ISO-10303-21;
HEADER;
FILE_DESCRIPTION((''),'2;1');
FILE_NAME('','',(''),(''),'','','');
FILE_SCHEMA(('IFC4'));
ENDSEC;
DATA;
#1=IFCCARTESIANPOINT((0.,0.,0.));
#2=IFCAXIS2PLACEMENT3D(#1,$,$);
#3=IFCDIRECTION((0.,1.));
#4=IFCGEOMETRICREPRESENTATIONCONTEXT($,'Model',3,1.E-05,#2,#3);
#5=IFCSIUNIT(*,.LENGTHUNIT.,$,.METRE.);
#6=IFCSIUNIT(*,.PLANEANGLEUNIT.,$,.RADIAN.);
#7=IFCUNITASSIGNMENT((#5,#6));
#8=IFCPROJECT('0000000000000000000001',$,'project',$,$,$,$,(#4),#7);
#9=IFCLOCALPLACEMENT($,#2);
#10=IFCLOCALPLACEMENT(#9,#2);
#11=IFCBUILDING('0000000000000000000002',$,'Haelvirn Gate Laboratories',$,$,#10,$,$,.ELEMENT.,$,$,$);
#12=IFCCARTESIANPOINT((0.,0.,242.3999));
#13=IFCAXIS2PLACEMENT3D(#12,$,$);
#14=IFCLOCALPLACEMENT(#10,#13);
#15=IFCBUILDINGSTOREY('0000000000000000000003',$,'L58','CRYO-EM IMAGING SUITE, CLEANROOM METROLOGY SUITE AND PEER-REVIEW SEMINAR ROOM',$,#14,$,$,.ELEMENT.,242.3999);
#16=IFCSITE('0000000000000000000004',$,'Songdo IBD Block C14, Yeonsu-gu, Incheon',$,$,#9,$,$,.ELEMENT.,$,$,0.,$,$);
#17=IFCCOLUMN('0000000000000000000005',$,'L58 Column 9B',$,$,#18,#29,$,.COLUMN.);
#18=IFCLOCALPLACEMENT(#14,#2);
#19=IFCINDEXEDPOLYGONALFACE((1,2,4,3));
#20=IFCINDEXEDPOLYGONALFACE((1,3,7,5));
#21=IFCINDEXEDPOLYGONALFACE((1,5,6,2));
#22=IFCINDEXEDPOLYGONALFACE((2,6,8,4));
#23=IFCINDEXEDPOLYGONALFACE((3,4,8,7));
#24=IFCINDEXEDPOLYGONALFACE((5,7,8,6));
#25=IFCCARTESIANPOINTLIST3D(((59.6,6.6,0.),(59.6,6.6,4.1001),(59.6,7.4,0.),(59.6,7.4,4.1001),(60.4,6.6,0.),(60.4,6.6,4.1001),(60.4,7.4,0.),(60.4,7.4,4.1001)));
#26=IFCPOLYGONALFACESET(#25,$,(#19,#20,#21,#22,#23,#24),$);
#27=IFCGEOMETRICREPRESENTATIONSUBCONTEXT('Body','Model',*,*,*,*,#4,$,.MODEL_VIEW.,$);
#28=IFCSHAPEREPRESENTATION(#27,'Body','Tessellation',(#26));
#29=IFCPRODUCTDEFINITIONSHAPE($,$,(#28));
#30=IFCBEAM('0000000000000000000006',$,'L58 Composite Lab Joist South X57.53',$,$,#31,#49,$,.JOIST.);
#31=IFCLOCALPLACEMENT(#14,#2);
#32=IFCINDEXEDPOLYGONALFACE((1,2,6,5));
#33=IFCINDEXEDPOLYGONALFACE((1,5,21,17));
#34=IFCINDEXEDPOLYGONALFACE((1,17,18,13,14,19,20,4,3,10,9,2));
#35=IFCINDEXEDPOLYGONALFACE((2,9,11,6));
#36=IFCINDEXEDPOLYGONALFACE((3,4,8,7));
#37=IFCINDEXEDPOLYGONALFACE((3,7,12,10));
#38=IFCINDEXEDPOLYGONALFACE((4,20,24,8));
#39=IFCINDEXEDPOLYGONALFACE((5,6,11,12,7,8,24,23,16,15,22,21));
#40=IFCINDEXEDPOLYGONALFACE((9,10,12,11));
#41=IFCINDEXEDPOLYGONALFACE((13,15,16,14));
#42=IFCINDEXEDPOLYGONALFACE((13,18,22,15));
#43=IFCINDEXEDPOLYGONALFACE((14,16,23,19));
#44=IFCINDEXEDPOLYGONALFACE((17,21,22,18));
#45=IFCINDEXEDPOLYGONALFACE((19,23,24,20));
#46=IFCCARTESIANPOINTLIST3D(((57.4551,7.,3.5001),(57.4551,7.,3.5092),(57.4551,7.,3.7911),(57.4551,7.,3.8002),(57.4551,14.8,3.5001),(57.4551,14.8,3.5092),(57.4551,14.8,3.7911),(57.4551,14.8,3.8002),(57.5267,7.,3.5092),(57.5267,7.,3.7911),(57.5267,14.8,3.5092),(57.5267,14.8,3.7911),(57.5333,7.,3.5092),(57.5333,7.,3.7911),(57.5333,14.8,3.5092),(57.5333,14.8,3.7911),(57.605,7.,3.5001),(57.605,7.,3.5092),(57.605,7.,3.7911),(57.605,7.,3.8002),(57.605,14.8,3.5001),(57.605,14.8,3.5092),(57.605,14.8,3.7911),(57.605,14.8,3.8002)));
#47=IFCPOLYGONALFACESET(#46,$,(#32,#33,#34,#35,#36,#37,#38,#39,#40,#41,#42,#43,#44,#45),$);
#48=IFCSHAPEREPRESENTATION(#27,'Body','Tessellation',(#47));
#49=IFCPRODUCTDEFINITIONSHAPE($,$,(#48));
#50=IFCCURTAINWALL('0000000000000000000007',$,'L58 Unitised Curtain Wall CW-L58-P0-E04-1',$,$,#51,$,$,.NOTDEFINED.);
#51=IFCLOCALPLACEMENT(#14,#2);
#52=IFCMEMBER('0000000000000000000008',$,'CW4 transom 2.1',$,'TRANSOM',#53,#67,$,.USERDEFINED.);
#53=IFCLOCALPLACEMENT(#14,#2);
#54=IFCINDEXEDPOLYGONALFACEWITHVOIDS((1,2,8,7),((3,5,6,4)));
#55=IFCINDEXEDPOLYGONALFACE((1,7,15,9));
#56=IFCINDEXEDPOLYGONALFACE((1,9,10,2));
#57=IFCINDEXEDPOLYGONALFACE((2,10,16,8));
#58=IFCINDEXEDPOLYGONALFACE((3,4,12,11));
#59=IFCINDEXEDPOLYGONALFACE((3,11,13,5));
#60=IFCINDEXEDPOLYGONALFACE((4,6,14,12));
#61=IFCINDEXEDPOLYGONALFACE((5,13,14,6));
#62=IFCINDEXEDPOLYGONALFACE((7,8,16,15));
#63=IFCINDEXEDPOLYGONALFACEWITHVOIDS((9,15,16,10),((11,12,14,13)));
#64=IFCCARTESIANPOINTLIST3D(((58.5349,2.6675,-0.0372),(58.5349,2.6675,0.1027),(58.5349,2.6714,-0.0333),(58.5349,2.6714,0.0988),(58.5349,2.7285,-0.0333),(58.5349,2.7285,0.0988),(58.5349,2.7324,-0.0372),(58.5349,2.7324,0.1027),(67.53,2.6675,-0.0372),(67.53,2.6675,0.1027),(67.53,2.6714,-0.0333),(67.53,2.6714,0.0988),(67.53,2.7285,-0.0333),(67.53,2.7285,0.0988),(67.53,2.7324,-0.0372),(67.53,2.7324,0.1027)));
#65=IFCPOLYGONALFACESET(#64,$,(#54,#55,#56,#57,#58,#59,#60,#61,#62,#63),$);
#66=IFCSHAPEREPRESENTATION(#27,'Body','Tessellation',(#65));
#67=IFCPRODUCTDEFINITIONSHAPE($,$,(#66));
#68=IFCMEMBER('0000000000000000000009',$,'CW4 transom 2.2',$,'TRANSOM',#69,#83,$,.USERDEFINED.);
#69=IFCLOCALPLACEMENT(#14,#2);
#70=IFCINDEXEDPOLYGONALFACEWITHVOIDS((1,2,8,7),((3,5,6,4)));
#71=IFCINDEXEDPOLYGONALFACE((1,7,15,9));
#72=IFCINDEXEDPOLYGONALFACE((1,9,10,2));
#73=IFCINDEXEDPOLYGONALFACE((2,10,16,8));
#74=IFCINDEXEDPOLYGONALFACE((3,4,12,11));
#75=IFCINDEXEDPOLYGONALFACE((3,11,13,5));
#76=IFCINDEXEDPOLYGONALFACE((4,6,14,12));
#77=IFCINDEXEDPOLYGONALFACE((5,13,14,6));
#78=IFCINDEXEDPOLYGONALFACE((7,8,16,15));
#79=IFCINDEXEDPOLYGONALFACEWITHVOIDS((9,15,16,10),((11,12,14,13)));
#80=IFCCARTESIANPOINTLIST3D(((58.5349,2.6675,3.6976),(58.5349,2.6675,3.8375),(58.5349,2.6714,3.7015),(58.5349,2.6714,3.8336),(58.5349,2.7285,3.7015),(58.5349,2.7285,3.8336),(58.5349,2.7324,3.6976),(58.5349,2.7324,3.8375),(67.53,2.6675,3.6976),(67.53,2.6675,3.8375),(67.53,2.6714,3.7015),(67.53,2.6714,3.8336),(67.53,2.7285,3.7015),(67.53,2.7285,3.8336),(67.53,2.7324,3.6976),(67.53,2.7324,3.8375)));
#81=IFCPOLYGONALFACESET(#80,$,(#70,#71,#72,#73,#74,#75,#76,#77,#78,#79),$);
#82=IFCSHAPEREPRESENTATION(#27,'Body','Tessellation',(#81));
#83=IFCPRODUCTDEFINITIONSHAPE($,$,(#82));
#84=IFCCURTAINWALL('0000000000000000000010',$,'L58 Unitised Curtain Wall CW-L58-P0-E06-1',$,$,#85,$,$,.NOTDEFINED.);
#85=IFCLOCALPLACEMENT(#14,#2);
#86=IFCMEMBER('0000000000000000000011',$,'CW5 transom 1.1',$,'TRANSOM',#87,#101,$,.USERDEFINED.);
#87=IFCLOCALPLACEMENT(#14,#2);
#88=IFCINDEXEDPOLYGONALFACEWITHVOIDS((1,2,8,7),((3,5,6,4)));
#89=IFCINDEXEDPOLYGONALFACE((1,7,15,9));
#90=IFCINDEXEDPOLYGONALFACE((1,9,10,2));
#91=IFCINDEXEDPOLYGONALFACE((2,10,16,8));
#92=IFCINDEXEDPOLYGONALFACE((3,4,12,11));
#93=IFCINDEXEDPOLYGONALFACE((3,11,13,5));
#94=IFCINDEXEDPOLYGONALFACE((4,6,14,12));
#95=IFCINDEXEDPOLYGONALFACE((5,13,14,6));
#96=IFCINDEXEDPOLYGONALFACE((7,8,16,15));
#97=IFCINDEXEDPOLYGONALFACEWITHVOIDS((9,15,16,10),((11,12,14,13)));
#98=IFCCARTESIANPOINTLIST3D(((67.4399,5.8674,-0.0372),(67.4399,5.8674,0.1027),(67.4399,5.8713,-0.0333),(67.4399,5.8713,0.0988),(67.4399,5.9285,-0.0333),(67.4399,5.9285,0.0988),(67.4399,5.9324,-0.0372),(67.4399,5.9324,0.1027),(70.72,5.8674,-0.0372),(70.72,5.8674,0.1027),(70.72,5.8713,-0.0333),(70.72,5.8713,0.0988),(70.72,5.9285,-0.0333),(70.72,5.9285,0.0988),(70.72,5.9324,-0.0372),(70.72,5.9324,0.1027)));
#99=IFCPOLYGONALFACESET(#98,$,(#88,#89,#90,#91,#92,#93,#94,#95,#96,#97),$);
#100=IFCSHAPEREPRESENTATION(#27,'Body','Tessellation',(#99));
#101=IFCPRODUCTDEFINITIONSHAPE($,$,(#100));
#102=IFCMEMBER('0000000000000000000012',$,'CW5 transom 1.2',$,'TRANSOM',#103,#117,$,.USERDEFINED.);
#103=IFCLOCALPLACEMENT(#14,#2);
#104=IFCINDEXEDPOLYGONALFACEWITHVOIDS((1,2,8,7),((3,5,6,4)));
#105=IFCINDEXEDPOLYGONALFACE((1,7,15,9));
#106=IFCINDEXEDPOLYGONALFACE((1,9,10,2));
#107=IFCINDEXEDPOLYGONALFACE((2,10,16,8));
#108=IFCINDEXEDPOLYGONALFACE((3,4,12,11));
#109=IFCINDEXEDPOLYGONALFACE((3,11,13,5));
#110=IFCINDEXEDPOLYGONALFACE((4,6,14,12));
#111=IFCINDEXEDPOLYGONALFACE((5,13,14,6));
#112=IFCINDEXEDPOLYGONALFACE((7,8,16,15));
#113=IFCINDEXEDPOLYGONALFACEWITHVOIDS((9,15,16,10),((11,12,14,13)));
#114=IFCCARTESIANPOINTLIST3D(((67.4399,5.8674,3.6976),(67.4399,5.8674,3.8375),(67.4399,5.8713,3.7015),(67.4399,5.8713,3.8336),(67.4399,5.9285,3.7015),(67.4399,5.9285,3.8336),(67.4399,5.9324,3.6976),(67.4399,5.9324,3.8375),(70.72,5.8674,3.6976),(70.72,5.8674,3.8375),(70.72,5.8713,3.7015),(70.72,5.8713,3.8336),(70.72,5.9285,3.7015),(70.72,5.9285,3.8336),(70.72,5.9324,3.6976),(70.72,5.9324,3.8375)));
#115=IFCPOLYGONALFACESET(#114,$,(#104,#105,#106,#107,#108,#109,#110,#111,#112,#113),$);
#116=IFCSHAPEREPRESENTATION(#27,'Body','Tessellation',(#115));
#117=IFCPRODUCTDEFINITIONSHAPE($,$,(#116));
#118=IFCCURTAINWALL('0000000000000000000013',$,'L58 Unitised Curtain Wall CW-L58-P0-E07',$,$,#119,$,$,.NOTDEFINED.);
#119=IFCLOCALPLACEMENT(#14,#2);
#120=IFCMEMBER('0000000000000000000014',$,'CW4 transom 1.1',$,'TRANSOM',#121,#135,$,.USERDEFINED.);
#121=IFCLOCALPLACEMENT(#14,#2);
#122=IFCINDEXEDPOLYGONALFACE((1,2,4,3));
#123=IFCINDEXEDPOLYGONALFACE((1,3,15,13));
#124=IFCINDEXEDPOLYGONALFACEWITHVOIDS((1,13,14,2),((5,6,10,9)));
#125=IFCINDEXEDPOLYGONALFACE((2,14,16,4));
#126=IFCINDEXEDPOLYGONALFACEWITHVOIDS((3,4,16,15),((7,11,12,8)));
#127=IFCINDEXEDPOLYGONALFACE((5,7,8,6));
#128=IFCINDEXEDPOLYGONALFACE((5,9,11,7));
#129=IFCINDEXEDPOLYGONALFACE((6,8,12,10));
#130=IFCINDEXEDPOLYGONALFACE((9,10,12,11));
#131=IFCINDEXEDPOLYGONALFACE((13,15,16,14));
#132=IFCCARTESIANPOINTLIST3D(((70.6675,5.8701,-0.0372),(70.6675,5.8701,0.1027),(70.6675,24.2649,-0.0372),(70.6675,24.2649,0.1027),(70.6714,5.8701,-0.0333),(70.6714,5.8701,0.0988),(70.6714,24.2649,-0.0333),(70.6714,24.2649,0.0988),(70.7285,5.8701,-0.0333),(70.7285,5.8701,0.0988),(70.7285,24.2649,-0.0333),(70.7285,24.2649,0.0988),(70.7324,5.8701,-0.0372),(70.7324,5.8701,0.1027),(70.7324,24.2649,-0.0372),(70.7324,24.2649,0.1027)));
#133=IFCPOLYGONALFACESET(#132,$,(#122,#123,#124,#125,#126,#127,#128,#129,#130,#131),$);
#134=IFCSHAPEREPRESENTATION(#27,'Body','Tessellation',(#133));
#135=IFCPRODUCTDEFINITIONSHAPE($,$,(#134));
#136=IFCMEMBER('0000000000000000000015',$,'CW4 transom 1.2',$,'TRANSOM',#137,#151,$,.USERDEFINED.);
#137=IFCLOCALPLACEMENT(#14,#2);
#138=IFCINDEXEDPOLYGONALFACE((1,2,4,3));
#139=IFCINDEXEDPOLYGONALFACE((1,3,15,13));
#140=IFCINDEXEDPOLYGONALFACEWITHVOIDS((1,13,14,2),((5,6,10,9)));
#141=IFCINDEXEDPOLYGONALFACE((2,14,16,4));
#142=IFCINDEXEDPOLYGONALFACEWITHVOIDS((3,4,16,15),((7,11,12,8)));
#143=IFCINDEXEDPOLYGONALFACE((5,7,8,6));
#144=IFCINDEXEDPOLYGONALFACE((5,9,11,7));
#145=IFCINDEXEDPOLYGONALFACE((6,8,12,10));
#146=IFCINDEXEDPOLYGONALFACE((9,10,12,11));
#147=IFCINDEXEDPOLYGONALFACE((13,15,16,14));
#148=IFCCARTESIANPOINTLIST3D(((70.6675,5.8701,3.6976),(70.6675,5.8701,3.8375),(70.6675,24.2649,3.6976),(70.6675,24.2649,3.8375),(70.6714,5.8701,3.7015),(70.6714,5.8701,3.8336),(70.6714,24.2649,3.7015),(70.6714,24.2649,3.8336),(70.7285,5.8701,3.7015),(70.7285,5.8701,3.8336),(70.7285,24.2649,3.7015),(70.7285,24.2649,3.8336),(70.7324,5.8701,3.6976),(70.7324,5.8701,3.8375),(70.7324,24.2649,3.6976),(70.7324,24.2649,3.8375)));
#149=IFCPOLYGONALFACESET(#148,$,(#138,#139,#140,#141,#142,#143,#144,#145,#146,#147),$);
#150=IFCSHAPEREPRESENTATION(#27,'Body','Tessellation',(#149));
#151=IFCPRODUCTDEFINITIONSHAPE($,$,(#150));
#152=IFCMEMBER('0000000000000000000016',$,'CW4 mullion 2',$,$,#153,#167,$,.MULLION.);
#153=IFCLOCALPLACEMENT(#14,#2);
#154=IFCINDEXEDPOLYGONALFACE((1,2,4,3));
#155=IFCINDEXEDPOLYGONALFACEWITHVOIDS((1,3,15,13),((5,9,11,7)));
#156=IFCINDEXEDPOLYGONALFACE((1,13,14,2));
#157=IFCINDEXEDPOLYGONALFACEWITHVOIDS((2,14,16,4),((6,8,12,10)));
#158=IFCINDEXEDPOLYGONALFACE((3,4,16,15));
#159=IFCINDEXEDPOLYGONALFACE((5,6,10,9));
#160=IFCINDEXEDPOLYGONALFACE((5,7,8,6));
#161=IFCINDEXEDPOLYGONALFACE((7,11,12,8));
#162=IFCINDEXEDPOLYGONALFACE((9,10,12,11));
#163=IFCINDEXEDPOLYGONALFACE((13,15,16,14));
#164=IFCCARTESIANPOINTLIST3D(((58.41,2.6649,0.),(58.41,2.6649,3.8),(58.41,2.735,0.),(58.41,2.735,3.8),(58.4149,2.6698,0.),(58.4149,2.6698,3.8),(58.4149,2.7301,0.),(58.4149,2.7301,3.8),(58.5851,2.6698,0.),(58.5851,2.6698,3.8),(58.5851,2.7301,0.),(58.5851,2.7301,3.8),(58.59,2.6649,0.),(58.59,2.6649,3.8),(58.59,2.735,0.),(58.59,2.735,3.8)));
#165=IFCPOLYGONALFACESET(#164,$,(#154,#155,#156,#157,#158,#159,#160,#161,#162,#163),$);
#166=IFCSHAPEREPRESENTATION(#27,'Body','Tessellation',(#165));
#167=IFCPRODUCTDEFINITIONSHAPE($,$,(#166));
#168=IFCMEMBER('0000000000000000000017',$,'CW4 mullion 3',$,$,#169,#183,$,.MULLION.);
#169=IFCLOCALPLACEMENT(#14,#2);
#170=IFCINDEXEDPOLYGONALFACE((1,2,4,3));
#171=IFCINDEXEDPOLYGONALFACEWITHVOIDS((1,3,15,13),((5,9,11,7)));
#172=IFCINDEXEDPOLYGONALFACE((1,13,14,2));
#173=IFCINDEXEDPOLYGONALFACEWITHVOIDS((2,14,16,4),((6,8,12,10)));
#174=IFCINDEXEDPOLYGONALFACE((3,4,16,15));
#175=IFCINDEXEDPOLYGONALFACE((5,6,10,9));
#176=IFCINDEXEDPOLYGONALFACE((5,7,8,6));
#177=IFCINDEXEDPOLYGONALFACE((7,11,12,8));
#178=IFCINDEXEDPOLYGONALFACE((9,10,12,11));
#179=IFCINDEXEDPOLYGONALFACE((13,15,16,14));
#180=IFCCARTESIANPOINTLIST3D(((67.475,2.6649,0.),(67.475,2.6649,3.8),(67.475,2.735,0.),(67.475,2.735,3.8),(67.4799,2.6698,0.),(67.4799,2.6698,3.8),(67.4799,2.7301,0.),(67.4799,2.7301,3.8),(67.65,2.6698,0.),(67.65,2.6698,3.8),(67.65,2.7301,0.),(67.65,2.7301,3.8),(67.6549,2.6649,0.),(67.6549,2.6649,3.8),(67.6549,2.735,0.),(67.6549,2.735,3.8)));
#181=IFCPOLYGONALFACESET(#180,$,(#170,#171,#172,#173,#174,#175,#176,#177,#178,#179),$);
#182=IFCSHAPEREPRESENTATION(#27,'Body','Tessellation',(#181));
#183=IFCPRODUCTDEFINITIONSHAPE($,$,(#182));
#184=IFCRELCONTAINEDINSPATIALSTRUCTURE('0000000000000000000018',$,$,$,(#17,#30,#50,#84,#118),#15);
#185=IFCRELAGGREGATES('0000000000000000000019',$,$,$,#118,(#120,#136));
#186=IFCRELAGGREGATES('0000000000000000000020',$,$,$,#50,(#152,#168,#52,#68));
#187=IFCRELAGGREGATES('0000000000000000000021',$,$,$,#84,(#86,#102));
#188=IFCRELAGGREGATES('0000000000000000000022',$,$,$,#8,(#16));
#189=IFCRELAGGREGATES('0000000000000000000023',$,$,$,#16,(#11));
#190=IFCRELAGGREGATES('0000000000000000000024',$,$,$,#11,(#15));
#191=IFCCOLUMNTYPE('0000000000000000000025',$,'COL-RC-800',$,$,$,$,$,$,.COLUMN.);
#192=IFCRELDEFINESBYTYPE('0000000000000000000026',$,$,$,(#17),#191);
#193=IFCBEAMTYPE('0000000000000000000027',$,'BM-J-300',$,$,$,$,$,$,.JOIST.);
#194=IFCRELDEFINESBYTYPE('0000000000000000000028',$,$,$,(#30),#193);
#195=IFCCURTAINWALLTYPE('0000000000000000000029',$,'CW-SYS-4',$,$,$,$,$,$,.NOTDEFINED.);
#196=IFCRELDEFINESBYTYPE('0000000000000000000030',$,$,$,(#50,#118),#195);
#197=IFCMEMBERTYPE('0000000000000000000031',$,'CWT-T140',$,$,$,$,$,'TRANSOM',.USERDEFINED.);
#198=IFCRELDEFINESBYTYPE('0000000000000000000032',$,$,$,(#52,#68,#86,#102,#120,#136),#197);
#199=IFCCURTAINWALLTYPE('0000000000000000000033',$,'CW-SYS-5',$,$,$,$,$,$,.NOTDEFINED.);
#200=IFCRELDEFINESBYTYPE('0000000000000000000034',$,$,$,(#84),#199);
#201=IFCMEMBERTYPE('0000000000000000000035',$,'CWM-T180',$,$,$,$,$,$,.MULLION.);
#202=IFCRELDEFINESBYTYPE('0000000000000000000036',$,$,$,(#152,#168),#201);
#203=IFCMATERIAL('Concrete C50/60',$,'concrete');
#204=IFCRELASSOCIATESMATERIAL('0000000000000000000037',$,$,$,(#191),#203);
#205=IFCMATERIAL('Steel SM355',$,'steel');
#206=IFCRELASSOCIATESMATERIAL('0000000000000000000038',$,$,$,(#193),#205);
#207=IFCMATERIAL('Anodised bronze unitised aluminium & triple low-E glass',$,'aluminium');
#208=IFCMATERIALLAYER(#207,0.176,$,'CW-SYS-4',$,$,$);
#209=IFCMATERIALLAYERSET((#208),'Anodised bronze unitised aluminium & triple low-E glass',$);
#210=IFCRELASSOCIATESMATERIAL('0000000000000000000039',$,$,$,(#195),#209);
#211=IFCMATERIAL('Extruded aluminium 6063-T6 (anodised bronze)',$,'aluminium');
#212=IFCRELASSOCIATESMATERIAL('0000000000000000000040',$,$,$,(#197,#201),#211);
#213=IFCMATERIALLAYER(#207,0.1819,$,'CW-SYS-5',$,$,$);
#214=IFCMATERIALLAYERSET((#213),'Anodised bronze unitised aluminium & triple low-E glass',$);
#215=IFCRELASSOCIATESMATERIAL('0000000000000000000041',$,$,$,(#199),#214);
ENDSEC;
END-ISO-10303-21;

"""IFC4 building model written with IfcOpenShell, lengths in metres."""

from ifc_helpers import new_model, si_unit, direction, frame, origin, origin_2d, place, context, subcontext, project, spatial, rectangle, hollow_rectangle, i_section, extrude, source, transform, mapped, material, layer, layer_set, material_profile, profile_set, type_object, type_shapes, element, aggregate, save


model = new_model("IFC4")

# Units and contexts
model_context = context("Model", 3, precision=1e-05, world=origin(), true_north=direction((0.0, 1.0)))
body_context = subcontext(model_context, "Body", "Model", "MODEL_VIEW")
ifc_project = project(units=[si_unit("LENGTHUNIT", "METRE"), si_unit("PLANEANGLEUNIT", "RADIAN")], contexts=[model_context])

# Site, building, storey
site_placement = place(None, origin())
site = spatial("IfcSite", under=ifc_project, at=site_placement, Name="Songdo IBD Block C14, Yeonsu-gu, Incheon", CompositionType="ELEMENT", RefElevation=0.0)
building_placement = place(site_placement, origin())
building = spatial("IfcBuilding", under=site, at=building_placement, Name="Haelvirn Gate Laboratories", CompositionType="ELEMENT")
storey_placement = place(building_placement, frame((0.0, 0.0, 242.3999)))
storey = spatial("IfcBuildingStorey", under=building, at=storey_placement, Name="L58", Description="CRYO-EM IMAGING SUITE, CLEANROOM METROLOGY SUITE AND PEER-REVIEW SEMINAR ROOM", CompositionType="ELEMENT", Elevation=242.3999)

# Column
ifc_material_1 = material(Name="Concrete C50/60", Category="concrete")
ifc_material_profile_1 = material_profile(ifc_material_1, rectangle(XDim=0.8, YDim=0.8, at=origin_2d()), Name="RC-800x800")
ifc_profile_set_1 = profile_set([ifc_material_profile_1], Name="Concrete C50/60")
column_type = type_object("IfcColumnType", Name="COL-RC-800", PredefinedType="COLUMN", material=ifc_profile_set_1)
shared_shape_1 = source(origin(), body_context, "Body", "SweptSolid", [
    extrude(rectangle(XDim=0.8, YDim=0.8, at=origin_2d()), origin(), (0.0, 0.0, 1.0), 4.1001),
])
type_shapes(column_type, [shared_shape_1])
column_placement = place(storey_placement, frame((60.0, 7.0, 0.0), z_axis=(0.0, 0.0, 1.0), x_axis=(1.0, 0.0, 0.0)))
element("IfcColumn", 1, at=column_placement, inside=storey, type_object=column_type, Name="L58 Column 9B", PredefinedType="COLUMN", context=body_context, shape_type="MappedRepresentation", body=[
    mapped(shared_shape_1, transform((0.0, 0.0, 0.0), scale=1.0)),
])

# Beam
ifc_material_2 = material(Name="Steel SM355", Category="steel")
ifc_material_profile_2 = material_profile(ifc_material_2, i_section(OverallWidth=0.1499, OverallDepth=0.3, WebThickness=0.0066, FlangeThickness=0.009, at=origin_2d()), Name="H-300x150x6.5x9")
ifc_profile_set_2 = profile_set([ifc_material_profile_2], Name="Steel SM355")
beam_type = type_object("IfcBeamType", Name="BM-J-300", PredefinedType="JOIST", material=ifc_profile_set_2)
shared_shape_2 = source(origin(), body_context, "Body", "SweptSolid", [
    extrude(i_section(OverallWidth=0.1499, OverallDepth=0.3, WebThickness=0.0066, FlangeThickness=0.009, at=origin_2d()), origin(), (0.0, 0.0, 1.0), 7.8),
])
type_shapes(beam_type, [shared_shape_2])
beam_placement = place(storey_placement, frame((57.53, 7.0, 3.6501), z_axis=(0.0, 1.0, 0.0), x_axis=(-1.0, 0.0, 0.0)))
element("IfcBeam", 2, at=beam_placement, inside=storey, type_object=beam_type, Name="L58 Composite Lab Joist South X57.53", PredefinedType="JOIST", context=body_context, shape_type="MappedRepresentation", body=[
    mapped(shared_shape_2, transform((0.0, 0.0, 0.0), scale=1.0)),
])

# Curtain walls, members
ifc_material_3 = material(Name="Anodised bronze unitised aluminium & triple low-E glass", Category="aluminium")
ifc_layer_1 = layer(ifc_material_3, 0.176, Name="CW-SYS-4")
ifc_layer_set_1 = layer_set([ifc_layer_1], Name="Anodised bronze unitised aluminium & triple low-E glass")
curtain_wall_type_1 = type_object("IfcCurtainWallType", Name="CW-SYS-4", PredefinedType="NOTDEFINED", material=ifc_layer_set_1)
curtain_wall_1_placement = place(storey_placement, origin())
curtain_wall_1 = element("IfcCurtainWall", 3, at=curtain_wall_1_placement, inside=storey, type_object=curtain_wall_type_1, Name="L58 Unitised Curtain Wall CW-L58-P0-E04-1", PredefinedType="NOTDEFINED")
ifc_material_4 = material(Name="Extruded aluminium 6063-T6 (anodised bronze)", Category="aluminium")
ifc_material_profile_3 = material_profile(ifc_material_4, hollow_rectangle(XDim=0.0649, YDim=0.1399, WallThickness=0.0039, at=origin_2d()), Name="CWT-140x65x4")
ifc_profile_set_3 = profile_set([ifc_material_profile_3], Name="Extruded aluminium 6063-T6 (anodised bronze)")
member_type_1 = type_object("IfcMemberType", Name="CWT-T140", ElementType="TRANSOM", PredefinedType="USERDEFINED", material=ifc_profile_set_3)
shared_shape_3 = source(origin(), body_context, "Body", "SweptSolid", [
    extrude(hollow_rectangle(XDim=0.0649, YDim=0.1399, WallThickness=0.0039, at=origin_2d()), origin(), (0.0, 0.0, 1.0), 8.9951),
])
member_1_placement = place(storey_placement, frame((58.5349, 2.7, 0.0327), z_axis=(1.0, 0.0, 0.0), x_axis=(0.0, 1.0, 0.0)))
member_1 = element("IfcMember", 4, at=member_1_placement, type_object=member_type_1, Name="CW4 transom 2.1", ObjectType="TRANSOM", PredefinedType="USERDEFINED", context=body_context, shape_type="MappedRepresentation", body=[
    mapped(shared_shape_3, transform((0.0, 0.0, 0.0), scale=1.0)),
])
member_2_placement = place(storey_placement, frame((58.5349, 2.7, 3.7676), z_axis=(1.0, 0.0, 0.0), x_axis=(0.0, 1.0, 0.0)))
member_2 = element("IfcMember", 5, at=member_2_placement, type_object=member_type_1, Name="CW4 transom 2.2", ObjectType="TRANSOM", PredefinedType="USERDEFINED", context=body_context, shape_type="MappedRepresentation", body=[
    mapped(shared_shape_3, transform((0.0, 0.0, 0.0), scale=1.0)),
])
ifc_layer_2 = layer(ifc_material_3, 0.1819, Name="CW-SYS-5")
ifc_layer_set_2 = layer_set([ifc_layer_2], Name="Anodised bronze unitised aluminium & triple low-E glass")
curtain_wall_type_2 = type_object("IfcCurtainWallType", Name="CW-SYS-5", PredefinedType="NOTDEFINED", material=ifc_layer_set_2)
curtain_wall_2_placement = place(storey_placement, origin())
curtain_wall_2 = element("IfcCurtainWall", 6, at=curtain_wall_2_placement, inside=storey, type_object=curtain_wall_type_2, Name="L58 Unitised Curtain Wall CW-L58-P0-E06-1", PredefinedType="NOTDEFINED")
shared_shape_4 = source(origin(), body_context, "Body", "SweptSolid", [
    extrude(hollow_rectangle(XDim=0.0649, YDim=0.1399, WallThickness=0.0039, at=origin_2d()), origin(), (0.0, 0.0, 1.0), 3.28),
])
member_3_placement = place(storey_placement, frame((67.4399, 5.8999, 0.0327), z_axis=(1.0, 0.0, 0.0), x_axis=(0.0, 1.0, 0.0)))
member_3 = element("IfcMember", 7, at=member_3_placement, type_object=member_type_1, Name="CW5 transom 1.1", ObjectType="TRANSOM", PredefinedType="USERDEFINED", context=body_context, shape_type="MappedRepresentation", body=[
    mapped(shared_shape_4, transform((0.0, 0.0, 0.0), scale=1.0)),
])
member_4_placement = place(storey_placement, frame((67.4399, 5.8999, 3.7676), z_axis=(1.0, 0.0, 0.0), x_axis=(0.0, 1.0, 0.0)))
member_4 = element("IfcMember", 8, at=member_4_placement, type_object=member_type_1, Name="CW5 transom 1.2", ObjectType="TRANSOM", PredefinedType="USERDEFINED", context=body_context, shape_type="MappedRepresentation", body=[
    mapped(shared_shape_4, transform((0.0, 0.0, 0.0), scale=1.0)),
])
curtain_wall_3_placement = place(storey_placement, origin())
curtain_wall_3 = element("IfcCurtainWall", 9, at=curtain_wall_3_placement, inside=storey, type_object=curtain_wall_type_1, Name="L58 Unitised Curtain Wall CW-L58-P0-E07", PredefinedType="NOTDEFINED")
shared_shape_5 = source(origin(), body_context, "Body", "SweptSolid", [
    extrude(hollow_rectangle(XDim=0.0649, YDim=0.1399, WallThickness=0.0039, at=origin_2d()), origin(), (0.0, 0.0, 1.0), 18.3948),
])
type_shapes(member_type_1, [shared_shape_3, shared_shape_4, shared_shape_5])
member_5_placement = place(storey_placement, frame((70.7, 5.8701, 0.0327), z_axis=(0.0, 1.0, 0.0), x_axis=(-1.0, 0.0, 0.0)))
member_5 = element("IfcMember", 10, at=member_5_placement, type_object=member_type_1, Name="CW4 transom 1.1", ObjectType="TRANSOM", PredefinedType="USERDEFINED", context=body_context, shape_type="MappedRepresentation", body=[
    mapped(shared_shape_5, transform((0.0, 0.0, 0.0), scale=1.0)),
])
member_6_placement = place(storey_placement, frame((70.7, 5.8701, 3.7676), z_axis=(0.0, 1.0, 0.0), x_axis=(-1.0, 0.0, 0.0)))
member_6 = element("IfcMember", 11, at=member_6_placement, type_object=member_type_1, Name="CW4 transom 1.2", ObjectType="TRANSOM", PredefinedType="USERDEFINED", context=body_context, shape_type="MappedRepresentation", body=[
    mapped(shared_shape_5, transform((0.0, 0.0, 0.0), scale=1.0)),
])

# Members
ifc_material_profile_4 = material_profile(ifc_material_4, hollow_rectangle(XDim=0.0701, YDim=0.1799, WallThickness=0.0049, at=origin_2d()), Name="CWM-180x70x5")
ifc_profile_set_4 = profile_set([ifc_material_profile_4], Name="Extruded aluminium 6063-T6 (anodised bronze)")
member_type_2 = type_object("IfcMemberType", Name="CWM-T180", PredefinedType="MULLION", material=ifc_profile_set_4)
shared_shape_6 = source(origin(), body_context, "Body", "SweptSolid", [
    extrude(hollow_rectangle(XDim=0.0701, YDim=0.1799, WallThickness=0.0049, at=origin_2d()), origin(), (0.0, 0.0, 1.0), 3.8),
])
type_shapes(member_type_2, [shared_shape_6])
member_7_placement = place(storey_placement, frame((58.5, 2.7, 0.0), z_axis=(0.0, 0.0, 1.0), x_axis=(0.0, 1.0, 0.0)))
member_7 = element("IfcMember", 12, at=member_7_placement, type_object=member_type_2, Name="CW4 mullion 2", PredefinedType="MULLION", context=body_context, shape_type="MappedRepresentation", body=[
    mapped(shared_shape_6, transform((0.0, 0.0, 0.0), scale=1.0)),
])
member_8_placement = place(storey_placement, frame((67.5649, 2.7, 0.0), z_axis=(0.0, 0.0, 1.0), x_axis=(0.0, 1.0, 0.0)))
member_8 = element("IfcMember", 13, at=member_8_placement, type_object=member_type_2, Name="CW4 mullion 3", PredefinedType="MULLION", context=body_context, shape_type="MappedRepresentation", body=[
    mapped(shared_shape_6, transform((0.0, 0.0, 0.0), scale=1.0)),
])
aggregate(curtain_wall_3, [member_5, member_6])

aggregate(curtain_wall_1, [member_7, member_8, member_1, member_2])
aggregate(curtain_wall_2, [member_3, member_4])

save(model, "model.ifc")
